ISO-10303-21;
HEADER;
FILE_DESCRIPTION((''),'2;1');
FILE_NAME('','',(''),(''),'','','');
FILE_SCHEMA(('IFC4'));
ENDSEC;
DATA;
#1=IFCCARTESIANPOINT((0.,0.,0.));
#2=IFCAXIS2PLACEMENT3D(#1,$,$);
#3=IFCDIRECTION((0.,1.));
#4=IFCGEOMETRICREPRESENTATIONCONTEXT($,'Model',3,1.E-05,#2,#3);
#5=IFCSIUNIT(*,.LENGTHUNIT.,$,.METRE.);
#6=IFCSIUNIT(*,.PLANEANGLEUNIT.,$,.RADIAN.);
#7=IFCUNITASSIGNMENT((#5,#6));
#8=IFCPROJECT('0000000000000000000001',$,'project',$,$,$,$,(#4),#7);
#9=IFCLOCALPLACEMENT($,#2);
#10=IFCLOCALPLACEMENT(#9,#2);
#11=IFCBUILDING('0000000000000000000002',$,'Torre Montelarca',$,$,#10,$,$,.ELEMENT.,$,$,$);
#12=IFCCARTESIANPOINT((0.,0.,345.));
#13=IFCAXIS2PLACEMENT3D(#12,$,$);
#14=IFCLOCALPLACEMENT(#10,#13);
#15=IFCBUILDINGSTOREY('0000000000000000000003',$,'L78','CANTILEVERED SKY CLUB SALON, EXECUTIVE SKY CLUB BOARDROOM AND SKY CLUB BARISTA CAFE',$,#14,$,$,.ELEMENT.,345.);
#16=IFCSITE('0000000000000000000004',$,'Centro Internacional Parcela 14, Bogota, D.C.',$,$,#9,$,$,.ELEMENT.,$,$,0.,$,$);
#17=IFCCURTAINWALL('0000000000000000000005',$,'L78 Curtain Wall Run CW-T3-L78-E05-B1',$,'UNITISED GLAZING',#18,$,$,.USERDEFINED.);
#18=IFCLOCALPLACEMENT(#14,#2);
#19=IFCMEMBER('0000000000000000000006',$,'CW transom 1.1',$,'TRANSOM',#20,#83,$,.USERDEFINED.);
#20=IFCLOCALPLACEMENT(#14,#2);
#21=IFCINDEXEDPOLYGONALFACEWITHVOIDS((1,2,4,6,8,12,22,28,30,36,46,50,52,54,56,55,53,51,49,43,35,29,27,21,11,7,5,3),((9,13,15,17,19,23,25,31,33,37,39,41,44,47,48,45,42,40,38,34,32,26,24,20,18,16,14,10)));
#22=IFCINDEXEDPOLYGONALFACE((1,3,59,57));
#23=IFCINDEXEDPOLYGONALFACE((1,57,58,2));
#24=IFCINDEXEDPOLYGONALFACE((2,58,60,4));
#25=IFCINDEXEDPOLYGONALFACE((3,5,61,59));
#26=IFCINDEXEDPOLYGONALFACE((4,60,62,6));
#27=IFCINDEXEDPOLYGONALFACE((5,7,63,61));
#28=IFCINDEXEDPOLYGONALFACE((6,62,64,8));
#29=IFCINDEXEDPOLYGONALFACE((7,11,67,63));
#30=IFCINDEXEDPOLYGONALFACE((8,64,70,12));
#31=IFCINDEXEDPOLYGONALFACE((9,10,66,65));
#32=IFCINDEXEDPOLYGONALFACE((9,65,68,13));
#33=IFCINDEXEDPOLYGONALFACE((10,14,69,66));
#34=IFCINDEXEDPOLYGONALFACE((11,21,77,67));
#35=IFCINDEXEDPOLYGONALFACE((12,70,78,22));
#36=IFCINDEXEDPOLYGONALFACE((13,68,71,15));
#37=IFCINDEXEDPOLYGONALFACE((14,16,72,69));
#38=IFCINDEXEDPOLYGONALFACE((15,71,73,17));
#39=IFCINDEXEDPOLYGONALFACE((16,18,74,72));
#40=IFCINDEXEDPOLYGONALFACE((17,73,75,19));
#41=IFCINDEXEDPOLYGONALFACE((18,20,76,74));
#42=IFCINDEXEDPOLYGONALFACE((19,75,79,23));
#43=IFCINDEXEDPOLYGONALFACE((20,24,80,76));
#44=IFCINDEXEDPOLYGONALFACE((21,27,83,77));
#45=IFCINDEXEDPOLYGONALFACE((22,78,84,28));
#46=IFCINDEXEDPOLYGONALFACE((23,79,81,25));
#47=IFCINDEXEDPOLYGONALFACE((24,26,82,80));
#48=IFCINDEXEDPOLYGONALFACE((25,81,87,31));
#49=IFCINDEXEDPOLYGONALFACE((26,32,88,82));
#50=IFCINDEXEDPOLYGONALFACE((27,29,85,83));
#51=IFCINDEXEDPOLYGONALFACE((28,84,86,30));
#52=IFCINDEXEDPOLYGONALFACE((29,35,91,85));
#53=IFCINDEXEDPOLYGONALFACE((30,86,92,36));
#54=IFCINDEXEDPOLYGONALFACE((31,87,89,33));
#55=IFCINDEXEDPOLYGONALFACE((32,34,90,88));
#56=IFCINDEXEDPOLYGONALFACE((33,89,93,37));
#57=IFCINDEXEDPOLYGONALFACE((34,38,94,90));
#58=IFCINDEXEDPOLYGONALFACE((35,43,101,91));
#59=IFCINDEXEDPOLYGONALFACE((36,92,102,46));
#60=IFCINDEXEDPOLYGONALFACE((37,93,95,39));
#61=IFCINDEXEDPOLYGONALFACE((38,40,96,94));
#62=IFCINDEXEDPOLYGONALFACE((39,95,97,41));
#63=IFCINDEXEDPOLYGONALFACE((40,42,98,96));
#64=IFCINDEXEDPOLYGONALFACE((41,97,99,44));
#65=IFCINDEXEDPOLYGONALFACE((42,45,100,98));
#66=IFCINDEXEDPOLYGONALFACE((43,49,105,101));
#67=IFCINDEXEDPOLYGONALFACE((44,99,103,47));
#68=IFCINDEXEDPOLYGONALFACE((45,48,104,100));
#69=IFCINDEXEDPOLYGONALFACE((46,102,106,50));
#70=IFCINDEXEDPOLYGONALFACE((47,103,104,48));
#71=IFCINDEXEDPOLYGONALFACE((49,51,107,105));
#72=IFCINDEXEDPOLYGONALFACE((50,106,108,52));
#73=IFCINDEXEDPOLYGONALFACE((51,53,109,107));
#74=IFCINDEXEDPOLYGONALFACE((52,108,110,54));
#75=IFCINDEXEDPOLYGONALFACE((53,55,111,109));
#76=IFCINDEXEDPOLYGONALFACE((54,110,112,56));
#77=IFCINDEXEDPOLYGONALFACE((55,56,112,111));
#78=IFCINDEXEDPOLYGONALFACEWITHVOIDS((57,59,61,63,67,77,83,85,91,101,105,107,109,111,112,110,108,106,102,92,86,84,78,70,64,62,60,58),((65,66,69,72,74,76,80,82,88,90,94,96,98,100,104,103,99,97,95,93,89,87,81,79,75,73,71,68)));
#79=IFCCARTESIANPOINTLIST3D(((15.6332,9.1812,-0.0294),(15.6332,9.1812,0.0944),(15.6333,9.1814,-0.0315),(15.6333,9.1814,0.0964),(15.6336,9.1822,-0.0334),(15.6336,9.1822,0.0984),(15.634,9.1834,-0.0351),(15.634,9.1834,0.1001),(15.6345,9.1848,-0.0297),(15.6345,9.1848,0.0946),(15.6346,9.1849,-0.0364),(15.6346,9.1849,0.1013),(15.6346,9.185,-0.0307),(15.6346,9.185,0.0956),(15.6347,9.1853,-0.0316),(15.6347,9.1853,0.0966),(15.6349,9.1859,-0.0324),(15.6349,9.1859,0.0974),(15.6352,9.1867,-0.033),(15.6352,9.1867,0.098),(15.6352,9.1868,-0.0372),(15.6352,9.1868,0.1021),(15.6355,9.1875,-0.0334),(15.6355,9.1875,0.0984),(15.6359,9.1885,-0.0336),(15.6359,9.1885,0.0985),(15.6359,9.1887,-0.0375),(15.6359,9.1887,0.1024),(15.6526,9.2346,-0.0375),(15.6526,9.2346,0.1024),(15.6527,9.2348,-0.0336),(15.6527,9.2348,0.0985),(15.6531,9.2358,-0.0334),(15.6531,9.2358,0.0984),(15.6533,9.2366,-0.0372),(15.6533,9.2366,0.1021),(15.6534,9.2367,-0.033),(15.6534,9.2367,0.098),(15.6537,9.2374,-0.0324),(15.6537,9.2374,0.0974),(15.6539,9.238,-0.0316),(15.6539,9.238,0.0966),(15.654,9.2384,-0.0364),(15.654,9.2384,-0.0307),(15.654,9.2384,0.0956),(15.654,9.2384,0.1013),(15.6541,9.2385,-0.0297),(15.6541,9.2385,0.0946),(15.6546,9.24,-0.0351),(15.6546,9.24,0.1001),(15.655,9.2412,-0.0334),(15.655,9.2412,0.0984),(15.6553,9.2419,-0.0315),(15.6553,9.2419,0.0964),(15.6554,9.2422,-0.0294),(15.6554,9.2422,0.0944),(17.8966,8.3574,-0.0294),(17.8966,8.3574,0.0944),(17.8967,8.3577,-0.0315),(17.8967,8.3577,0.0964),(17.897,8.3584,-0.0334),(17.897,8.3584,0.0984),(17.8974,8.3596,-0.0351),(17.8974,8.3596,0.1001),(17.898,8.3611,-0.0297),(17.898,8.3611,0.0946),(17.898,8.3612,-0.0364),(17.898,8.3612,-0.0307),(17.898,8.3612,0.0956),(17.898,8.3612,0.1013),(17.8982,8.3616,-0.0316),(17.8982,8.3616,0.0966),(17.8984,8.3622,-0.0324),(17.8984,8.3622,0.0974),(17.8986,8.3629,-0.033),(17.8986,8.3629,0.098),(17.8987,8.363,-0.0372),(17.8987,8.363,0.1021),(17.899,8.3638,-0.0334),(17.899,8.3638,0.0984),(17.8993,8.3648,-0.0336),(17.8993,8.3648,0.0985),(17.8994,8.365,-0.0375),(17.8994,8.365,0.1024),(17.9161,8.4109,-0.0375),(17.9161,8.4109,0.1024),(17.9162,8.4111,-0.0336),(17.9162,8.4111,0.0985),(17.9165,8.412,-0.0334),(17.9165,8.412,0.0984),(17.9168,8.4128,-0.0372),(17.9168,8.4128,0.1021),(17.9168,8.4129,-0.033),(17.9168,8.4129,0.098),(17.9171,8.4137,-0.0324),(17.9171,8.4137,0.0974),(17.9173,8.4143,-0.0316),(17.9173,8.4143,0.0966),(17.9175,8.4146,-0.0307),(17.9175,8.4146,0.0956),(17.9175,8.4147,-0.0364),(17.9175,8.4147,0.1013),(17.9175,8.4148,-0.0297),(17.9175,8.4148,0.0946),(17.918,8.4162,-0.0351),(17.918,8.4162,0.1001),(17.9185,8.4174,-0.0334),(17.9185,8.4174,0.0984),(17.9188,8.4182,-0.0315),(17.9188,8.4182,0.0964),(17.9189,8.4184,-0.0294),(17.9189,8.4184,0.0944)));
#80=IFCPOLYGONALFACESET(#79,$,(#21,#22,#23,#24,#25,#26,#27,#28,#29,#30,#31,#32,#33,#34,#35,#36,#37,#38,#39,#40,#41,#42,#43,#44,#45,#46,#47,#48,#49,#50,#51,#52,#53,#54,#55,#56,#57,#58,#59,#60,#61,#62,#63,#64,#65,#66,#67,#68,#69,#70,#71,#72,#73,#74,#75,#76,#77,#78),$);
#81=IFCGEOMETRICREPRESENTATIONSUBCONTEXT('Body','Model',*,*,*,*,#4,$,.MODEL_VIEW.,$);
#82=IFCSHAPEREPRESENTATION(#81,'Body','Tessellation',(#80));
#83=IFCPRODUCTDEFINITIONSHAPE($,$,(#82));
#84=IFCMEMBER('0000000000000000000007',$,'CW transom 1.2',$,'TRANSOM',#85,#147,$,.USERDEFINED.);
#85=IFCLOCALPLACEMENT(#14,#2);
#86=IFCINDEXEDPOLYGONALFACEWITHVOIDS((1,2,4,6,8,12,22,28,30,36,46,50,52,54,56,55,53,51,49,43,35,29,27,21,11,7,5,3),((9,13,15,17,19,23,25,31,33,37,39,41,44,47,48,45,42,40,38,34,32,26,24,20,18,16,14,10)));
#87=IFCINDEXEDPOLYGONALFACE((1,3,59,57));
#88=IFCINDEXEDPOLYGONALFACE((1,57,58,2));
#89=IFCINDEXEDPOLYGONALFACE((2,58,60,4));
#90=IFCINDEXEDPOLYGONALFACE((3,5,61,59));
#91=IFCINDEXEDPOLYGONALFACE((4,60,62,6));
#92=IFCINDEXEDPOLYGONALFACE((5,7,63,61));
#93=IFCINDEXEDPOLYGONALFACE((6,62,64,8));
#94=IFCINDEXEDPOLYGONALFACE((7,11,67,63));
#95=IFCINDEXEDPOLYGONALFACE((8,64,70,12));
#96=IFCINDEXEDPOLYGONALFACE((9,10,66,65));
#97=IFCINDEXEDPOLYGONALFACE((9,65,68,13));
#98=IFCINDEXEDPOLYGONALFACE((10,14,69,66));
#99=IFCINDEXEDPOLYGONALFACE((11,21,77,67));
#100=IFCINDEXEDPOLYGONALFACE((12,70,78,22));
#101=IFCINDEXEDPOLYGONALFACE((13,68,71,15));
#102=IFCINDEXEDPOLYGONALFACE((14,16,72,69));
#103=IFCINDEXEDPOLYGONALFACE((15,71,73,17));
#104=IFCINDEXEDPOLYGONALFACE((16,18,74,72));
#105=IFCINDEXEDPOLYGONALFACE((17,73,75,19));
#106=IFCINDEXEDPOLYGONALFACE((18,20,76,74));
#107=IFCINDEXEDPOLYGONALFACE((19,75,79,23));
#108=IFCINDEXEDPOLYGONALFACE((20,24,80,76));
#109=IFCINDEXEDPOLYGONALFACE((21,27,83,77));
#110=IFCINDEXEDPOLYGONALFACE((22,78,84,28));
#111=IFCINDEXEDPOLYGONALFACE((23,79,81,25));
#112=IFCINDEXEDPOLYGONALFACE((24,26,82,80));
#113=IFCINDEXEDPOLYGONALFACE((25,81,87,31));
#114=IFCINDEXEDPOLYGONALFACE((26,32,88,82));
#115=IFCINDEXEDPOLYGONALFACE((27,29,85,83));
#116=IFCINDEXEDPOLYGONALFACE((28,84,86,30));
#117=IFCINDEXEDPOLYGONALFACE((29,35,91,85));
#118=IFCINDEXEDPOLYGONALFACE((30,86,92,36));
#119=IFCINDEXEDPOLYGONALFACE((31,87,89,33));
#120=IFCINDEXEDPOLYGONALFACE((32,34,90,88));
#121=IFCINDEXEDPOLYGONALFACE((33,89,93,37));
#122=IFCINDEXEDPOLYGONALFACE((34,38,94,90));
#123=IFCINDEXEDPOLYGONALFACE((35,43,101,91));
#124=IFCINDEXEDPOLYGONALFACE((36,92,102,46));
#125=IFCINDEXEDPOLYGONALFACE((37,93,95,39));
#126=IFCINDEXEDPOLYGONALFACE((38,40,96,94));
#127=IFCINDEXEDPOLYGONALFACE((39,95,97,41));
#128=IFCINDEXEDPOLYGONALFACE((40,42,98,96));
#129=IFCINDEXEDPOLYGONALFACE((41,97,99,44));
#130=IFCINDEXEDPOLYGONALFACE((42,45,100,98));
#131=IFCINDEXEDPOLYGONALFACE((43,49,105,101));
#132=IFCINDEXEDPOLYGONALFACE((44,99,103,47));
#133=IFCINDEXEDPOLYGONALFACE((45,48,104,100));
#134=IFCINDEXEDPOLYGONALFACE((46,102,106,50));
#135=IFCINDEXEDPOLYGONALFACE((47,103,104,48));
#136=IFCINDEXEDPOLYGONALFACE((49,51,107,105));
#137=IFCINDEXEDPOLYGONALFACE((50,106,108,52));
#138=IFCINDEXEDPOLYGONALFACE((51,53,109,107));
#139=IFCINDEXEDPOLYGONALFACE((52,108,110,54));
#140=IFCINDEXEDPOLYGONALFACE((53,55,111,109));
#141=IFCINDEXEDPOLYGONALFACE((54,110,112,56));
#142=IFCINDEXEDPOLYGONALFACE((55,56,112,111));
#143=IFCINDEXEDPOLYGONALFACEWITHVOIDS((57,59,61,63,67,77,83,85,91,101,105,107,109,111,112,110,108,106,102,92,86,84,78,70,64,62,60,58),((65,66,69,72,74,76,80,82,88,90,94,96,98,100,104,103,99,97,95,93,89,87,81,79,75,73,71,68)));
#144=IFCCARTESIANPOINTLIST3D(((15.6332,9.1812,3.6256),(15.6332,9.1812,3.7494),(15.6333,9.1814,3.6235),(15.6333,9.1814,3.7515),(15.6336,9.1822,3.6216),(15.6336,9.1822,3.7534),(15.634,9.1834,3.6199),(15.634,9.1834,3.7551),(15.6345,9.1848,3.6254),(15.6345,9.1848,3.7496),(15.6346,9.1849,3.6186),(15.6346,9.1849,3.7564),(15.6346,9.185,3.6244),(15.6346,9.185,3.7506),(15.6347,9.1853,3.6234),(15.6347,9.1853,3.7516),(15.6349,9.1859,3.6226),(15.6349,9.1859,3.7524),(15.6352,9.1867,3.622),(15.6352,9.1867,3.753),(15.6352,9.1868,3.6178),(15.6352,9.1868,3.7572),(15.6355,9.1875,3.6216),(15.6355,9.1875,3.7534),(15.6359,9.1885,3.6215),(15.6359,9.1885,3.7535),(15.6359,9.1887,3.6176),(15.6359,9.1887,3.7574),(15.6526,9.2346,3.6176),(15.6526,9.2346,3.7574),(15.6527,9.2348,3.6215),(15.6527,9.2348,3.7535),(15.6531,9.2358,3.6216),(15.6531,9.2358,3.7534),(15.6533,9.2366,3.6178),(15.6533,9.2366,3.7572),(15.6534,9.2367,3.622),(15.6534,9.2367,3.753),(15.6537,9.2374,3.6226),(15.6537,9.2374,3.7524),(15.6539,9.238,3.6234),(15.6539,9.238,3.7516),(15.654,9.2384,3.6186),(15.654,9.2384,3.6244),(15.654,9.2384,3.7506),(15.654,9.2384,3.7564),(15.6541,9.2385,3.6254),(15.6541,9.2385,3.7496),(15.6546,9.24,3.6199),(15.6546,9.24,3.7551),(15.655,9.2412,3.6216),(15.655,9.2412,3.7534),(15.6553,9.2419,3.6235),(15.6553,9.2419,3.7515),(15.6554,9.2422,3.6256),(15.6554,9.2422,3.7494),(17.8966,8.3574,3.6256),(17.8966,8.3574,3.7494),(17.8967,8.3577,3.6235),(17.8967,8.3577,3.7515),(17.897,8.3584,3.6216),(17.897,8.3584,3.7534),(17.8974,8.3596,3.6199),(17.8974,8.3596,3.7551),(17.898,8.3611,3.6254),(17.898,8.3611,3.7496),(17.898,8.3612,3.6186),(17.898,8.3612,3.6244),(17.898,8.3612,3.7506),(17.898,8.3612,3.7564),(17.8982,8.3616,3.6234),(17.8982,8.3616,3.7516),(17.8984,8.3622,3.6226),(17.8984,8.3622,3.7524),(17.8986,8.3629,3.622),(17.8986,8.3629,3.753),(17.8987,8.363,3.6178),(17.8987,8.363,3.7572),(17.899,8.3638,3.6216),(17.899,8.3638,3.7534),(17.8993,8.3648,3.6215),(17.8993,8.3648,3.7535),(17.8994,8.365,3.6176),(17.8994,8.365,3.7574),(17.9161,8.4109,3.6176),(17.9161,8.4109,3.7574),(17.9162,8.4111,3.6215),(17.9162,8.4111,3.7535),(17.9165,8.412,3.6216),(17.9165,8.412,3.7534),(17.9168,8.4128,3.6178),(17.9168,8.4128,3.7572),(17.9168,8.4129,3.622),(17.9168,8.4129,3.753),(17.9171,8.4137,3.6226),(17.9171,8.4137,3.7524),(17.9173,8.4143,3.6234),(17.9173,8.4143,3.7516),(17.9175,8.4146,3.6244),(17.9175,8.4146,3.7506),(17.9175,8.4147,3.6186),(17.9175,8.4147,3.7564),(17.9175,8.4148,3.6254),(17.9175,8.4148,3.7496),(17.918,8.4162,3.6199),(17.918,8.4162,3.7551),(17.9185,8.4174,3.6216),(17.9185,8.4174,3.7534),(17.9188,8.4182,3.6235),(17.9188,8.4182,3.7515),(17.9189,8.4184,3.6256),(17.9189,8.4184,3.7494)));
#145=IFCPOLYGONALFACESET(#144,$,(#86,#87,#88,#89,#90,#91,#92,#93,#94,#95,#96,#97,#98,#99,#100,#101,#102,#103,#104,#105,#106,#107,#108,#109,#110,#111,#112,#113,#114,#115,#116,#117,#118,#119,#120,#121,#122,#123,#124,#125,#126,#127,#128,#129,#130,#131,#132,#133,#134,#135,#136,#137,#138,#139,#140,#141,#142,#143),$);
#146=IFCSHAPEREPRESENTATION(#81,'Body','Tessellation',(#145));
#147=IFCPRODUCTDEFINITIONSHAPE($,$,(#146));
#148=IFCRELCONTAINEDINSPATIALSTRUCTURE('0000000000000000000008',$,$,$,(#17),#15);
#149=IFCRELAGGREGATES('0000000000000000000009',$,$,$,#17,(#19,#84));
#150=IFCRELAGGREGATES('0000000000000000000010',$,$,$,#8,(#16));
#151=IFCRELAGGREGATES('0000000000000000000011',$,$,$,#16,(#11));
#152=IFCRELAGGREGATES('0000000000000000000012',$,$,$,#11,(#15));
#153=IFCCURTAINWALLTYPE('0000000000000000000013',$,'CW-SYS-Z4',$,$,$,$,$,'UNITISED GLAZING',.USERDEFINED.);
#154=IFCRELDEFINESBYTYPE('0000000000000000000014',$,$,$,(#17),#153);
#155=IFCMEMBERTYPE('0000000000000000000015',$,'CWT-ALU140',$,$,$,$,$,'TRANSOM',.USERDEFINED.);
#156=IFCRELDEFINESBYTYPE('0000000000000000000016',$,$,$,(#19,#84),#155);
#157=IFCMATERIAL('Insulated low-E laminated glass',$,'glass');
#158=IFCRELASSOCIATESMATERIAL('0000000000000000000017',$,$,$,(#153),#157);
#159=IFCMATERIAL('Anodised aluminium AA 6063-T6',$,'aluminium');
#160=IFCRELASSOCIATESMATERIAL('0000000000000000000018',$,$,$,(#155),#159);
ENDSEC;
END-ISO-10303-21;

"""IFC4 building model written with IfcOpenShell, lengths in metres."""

from ifc_helpers import new_model, si_unit, direction, frame, origin, origin_2d, place, context, subcontext, project, spatial, hollow_rectangle, extrude, source, transform, mapped, material, material_profile, profile_set, type_object, element, aggregate, save


model = new_model("IFC4")

# Units and contexts
model_context = context("Model", 3, precision=1e-05, world=origin(), true_north=direction((0.0, 1.0)))
body_context = subcontext(model_context, "Body", "Model", "MODEL_VIEW")
ifc_project = project(units=[si_unit("LENGTHUNIT", "METRE"), si_unit("PLANEANGLEUNIT", "RADIAN")], contexts=[model_context])

# Site, building, storey
site_placement = place(None, origin())
site = spatial("IfcSite", under=ifc_project, at=site_placement, Name="Centro Internacional Parcela 14, Bogota, D.C.", CompositionType="ELEMENT", RefElevation=0.0)
building_placement = place(site_placement, origin())
building = spatial("IfcBuilding", under=site, at=building_placement, Name="Torre Montelarca", CompositionType="ELEMENT")
storey_placement = place(building_placement, frame((0.0, 0.0, 345.0)))
storey = spatial("IfcBuildingStorey", under=building, at=storey_placement, Name="L78", Description="CANTILEVERED SKY CLUB SALON, EXECUTIVE SKY CLUB BOARDROOM AND SKY CLUB BARISTA CAFE", CompositionType="ELEMENT", Elevation=345.0)

# Shared definitions
ifc_material_1 = material(Name="Insulated low-E laminated glass", Category="glass")
curtain_wall_type = type_object("IfcCurtainWallType", Name="CW-SYS-Z4", ElementType="UNITISED GLAZING", PredefinedType="USERDEFINED", material=ifc_material_1)
ifc_material_2 = material(Name="Anodised aluminium AA 6063-T6", Category="aluminium")

# Curtain wall
curtain_wall_1_placement = place(storey_placement, origin())
curtain_wall_1 = element("IfcCurtainWall", 1, at=curtain_wall_1_placement, inside=storey, type_object=curtain_wall_type, Name="L78 Curtain Wall Run CW-T3-L78-E05-B1", ObjectType="UNITISED GLAZING", PredefinedType="USERDEFINED")

# Members
ifc_material_profile_1 = material_profile(ifc_material_2, hollow_rectangle(XDim=0.0649, YDim=0.1399, WallThickness=0.0039, InnerFilletRadius=0.0039, OuterFilletRadius=0.0081, at=origin_2d()), Name="ALU65X140X4", Category="aluminium")
ifc_profile_set_1 = profile_set([ifc_material_profile_1], Name="Anodised aluminium AA 6063-T6")
member_type_1 = type_object("IfcMemberType", Name="CWT-ALU140", ElementType="TRANSOM", PredefinedType="USERDEFINED", material=ifc_profile_set_1)
shared_shape_1 = source(origin(), body_context, "Body", "SweptSolid", [
    extrude(hollow_rectangle(XDim=0.0649, YDim=0.1399, WallThickness=0.0039, InnerFilletRadius=0.0039, OuterFilletRadius=0.0081, at=origin_2d()), origin(), (0.0, 0.0, 1.0), 2.4087),
])
member_1_placement = place(storey_placement, frame((15.6443, 9.2117, 0.0325), z_axis=(0.939705, -0.341987, 0.0), x_axis=(0.341987, 0.939705, 0.0)))
member_1 = element("IfcMember", 2, at=member_1_placement, type_object=member_type_1, Name="CW transom 1.1", ObjectType="TRANSOM", PredefinedType="USERDEFINED", context=body_context, shape_type="MappedRepresentation", body=[
    mapped(shared_shape_1, transform((0.0, 0.0, 0.0), scale=1.0)),
])
member_2_placement = place(storey_placement, frame((15.6443, 9.2117, 3.6875), z_axis=(0.939705, -0.341987, 0.0), x_axis=(0.341987, 0.939705, 0.0)))
member_2 = element("IfcMember", 3, at=member_2_placement, type_object=member_type_1, Name="CW transom 1.2", ObjectType="TRANSOM", PredefinedType="USERDEFINED", context=body_context, shape_type="MappedRepresentation", body=[
    mapped(shared_shape_1, transform((0.0, 0.0, 0.0), scale=1.0)),
])

aggregate(curtain_wall_1, [member_1, member_2])

save(model, "model.ifc")
